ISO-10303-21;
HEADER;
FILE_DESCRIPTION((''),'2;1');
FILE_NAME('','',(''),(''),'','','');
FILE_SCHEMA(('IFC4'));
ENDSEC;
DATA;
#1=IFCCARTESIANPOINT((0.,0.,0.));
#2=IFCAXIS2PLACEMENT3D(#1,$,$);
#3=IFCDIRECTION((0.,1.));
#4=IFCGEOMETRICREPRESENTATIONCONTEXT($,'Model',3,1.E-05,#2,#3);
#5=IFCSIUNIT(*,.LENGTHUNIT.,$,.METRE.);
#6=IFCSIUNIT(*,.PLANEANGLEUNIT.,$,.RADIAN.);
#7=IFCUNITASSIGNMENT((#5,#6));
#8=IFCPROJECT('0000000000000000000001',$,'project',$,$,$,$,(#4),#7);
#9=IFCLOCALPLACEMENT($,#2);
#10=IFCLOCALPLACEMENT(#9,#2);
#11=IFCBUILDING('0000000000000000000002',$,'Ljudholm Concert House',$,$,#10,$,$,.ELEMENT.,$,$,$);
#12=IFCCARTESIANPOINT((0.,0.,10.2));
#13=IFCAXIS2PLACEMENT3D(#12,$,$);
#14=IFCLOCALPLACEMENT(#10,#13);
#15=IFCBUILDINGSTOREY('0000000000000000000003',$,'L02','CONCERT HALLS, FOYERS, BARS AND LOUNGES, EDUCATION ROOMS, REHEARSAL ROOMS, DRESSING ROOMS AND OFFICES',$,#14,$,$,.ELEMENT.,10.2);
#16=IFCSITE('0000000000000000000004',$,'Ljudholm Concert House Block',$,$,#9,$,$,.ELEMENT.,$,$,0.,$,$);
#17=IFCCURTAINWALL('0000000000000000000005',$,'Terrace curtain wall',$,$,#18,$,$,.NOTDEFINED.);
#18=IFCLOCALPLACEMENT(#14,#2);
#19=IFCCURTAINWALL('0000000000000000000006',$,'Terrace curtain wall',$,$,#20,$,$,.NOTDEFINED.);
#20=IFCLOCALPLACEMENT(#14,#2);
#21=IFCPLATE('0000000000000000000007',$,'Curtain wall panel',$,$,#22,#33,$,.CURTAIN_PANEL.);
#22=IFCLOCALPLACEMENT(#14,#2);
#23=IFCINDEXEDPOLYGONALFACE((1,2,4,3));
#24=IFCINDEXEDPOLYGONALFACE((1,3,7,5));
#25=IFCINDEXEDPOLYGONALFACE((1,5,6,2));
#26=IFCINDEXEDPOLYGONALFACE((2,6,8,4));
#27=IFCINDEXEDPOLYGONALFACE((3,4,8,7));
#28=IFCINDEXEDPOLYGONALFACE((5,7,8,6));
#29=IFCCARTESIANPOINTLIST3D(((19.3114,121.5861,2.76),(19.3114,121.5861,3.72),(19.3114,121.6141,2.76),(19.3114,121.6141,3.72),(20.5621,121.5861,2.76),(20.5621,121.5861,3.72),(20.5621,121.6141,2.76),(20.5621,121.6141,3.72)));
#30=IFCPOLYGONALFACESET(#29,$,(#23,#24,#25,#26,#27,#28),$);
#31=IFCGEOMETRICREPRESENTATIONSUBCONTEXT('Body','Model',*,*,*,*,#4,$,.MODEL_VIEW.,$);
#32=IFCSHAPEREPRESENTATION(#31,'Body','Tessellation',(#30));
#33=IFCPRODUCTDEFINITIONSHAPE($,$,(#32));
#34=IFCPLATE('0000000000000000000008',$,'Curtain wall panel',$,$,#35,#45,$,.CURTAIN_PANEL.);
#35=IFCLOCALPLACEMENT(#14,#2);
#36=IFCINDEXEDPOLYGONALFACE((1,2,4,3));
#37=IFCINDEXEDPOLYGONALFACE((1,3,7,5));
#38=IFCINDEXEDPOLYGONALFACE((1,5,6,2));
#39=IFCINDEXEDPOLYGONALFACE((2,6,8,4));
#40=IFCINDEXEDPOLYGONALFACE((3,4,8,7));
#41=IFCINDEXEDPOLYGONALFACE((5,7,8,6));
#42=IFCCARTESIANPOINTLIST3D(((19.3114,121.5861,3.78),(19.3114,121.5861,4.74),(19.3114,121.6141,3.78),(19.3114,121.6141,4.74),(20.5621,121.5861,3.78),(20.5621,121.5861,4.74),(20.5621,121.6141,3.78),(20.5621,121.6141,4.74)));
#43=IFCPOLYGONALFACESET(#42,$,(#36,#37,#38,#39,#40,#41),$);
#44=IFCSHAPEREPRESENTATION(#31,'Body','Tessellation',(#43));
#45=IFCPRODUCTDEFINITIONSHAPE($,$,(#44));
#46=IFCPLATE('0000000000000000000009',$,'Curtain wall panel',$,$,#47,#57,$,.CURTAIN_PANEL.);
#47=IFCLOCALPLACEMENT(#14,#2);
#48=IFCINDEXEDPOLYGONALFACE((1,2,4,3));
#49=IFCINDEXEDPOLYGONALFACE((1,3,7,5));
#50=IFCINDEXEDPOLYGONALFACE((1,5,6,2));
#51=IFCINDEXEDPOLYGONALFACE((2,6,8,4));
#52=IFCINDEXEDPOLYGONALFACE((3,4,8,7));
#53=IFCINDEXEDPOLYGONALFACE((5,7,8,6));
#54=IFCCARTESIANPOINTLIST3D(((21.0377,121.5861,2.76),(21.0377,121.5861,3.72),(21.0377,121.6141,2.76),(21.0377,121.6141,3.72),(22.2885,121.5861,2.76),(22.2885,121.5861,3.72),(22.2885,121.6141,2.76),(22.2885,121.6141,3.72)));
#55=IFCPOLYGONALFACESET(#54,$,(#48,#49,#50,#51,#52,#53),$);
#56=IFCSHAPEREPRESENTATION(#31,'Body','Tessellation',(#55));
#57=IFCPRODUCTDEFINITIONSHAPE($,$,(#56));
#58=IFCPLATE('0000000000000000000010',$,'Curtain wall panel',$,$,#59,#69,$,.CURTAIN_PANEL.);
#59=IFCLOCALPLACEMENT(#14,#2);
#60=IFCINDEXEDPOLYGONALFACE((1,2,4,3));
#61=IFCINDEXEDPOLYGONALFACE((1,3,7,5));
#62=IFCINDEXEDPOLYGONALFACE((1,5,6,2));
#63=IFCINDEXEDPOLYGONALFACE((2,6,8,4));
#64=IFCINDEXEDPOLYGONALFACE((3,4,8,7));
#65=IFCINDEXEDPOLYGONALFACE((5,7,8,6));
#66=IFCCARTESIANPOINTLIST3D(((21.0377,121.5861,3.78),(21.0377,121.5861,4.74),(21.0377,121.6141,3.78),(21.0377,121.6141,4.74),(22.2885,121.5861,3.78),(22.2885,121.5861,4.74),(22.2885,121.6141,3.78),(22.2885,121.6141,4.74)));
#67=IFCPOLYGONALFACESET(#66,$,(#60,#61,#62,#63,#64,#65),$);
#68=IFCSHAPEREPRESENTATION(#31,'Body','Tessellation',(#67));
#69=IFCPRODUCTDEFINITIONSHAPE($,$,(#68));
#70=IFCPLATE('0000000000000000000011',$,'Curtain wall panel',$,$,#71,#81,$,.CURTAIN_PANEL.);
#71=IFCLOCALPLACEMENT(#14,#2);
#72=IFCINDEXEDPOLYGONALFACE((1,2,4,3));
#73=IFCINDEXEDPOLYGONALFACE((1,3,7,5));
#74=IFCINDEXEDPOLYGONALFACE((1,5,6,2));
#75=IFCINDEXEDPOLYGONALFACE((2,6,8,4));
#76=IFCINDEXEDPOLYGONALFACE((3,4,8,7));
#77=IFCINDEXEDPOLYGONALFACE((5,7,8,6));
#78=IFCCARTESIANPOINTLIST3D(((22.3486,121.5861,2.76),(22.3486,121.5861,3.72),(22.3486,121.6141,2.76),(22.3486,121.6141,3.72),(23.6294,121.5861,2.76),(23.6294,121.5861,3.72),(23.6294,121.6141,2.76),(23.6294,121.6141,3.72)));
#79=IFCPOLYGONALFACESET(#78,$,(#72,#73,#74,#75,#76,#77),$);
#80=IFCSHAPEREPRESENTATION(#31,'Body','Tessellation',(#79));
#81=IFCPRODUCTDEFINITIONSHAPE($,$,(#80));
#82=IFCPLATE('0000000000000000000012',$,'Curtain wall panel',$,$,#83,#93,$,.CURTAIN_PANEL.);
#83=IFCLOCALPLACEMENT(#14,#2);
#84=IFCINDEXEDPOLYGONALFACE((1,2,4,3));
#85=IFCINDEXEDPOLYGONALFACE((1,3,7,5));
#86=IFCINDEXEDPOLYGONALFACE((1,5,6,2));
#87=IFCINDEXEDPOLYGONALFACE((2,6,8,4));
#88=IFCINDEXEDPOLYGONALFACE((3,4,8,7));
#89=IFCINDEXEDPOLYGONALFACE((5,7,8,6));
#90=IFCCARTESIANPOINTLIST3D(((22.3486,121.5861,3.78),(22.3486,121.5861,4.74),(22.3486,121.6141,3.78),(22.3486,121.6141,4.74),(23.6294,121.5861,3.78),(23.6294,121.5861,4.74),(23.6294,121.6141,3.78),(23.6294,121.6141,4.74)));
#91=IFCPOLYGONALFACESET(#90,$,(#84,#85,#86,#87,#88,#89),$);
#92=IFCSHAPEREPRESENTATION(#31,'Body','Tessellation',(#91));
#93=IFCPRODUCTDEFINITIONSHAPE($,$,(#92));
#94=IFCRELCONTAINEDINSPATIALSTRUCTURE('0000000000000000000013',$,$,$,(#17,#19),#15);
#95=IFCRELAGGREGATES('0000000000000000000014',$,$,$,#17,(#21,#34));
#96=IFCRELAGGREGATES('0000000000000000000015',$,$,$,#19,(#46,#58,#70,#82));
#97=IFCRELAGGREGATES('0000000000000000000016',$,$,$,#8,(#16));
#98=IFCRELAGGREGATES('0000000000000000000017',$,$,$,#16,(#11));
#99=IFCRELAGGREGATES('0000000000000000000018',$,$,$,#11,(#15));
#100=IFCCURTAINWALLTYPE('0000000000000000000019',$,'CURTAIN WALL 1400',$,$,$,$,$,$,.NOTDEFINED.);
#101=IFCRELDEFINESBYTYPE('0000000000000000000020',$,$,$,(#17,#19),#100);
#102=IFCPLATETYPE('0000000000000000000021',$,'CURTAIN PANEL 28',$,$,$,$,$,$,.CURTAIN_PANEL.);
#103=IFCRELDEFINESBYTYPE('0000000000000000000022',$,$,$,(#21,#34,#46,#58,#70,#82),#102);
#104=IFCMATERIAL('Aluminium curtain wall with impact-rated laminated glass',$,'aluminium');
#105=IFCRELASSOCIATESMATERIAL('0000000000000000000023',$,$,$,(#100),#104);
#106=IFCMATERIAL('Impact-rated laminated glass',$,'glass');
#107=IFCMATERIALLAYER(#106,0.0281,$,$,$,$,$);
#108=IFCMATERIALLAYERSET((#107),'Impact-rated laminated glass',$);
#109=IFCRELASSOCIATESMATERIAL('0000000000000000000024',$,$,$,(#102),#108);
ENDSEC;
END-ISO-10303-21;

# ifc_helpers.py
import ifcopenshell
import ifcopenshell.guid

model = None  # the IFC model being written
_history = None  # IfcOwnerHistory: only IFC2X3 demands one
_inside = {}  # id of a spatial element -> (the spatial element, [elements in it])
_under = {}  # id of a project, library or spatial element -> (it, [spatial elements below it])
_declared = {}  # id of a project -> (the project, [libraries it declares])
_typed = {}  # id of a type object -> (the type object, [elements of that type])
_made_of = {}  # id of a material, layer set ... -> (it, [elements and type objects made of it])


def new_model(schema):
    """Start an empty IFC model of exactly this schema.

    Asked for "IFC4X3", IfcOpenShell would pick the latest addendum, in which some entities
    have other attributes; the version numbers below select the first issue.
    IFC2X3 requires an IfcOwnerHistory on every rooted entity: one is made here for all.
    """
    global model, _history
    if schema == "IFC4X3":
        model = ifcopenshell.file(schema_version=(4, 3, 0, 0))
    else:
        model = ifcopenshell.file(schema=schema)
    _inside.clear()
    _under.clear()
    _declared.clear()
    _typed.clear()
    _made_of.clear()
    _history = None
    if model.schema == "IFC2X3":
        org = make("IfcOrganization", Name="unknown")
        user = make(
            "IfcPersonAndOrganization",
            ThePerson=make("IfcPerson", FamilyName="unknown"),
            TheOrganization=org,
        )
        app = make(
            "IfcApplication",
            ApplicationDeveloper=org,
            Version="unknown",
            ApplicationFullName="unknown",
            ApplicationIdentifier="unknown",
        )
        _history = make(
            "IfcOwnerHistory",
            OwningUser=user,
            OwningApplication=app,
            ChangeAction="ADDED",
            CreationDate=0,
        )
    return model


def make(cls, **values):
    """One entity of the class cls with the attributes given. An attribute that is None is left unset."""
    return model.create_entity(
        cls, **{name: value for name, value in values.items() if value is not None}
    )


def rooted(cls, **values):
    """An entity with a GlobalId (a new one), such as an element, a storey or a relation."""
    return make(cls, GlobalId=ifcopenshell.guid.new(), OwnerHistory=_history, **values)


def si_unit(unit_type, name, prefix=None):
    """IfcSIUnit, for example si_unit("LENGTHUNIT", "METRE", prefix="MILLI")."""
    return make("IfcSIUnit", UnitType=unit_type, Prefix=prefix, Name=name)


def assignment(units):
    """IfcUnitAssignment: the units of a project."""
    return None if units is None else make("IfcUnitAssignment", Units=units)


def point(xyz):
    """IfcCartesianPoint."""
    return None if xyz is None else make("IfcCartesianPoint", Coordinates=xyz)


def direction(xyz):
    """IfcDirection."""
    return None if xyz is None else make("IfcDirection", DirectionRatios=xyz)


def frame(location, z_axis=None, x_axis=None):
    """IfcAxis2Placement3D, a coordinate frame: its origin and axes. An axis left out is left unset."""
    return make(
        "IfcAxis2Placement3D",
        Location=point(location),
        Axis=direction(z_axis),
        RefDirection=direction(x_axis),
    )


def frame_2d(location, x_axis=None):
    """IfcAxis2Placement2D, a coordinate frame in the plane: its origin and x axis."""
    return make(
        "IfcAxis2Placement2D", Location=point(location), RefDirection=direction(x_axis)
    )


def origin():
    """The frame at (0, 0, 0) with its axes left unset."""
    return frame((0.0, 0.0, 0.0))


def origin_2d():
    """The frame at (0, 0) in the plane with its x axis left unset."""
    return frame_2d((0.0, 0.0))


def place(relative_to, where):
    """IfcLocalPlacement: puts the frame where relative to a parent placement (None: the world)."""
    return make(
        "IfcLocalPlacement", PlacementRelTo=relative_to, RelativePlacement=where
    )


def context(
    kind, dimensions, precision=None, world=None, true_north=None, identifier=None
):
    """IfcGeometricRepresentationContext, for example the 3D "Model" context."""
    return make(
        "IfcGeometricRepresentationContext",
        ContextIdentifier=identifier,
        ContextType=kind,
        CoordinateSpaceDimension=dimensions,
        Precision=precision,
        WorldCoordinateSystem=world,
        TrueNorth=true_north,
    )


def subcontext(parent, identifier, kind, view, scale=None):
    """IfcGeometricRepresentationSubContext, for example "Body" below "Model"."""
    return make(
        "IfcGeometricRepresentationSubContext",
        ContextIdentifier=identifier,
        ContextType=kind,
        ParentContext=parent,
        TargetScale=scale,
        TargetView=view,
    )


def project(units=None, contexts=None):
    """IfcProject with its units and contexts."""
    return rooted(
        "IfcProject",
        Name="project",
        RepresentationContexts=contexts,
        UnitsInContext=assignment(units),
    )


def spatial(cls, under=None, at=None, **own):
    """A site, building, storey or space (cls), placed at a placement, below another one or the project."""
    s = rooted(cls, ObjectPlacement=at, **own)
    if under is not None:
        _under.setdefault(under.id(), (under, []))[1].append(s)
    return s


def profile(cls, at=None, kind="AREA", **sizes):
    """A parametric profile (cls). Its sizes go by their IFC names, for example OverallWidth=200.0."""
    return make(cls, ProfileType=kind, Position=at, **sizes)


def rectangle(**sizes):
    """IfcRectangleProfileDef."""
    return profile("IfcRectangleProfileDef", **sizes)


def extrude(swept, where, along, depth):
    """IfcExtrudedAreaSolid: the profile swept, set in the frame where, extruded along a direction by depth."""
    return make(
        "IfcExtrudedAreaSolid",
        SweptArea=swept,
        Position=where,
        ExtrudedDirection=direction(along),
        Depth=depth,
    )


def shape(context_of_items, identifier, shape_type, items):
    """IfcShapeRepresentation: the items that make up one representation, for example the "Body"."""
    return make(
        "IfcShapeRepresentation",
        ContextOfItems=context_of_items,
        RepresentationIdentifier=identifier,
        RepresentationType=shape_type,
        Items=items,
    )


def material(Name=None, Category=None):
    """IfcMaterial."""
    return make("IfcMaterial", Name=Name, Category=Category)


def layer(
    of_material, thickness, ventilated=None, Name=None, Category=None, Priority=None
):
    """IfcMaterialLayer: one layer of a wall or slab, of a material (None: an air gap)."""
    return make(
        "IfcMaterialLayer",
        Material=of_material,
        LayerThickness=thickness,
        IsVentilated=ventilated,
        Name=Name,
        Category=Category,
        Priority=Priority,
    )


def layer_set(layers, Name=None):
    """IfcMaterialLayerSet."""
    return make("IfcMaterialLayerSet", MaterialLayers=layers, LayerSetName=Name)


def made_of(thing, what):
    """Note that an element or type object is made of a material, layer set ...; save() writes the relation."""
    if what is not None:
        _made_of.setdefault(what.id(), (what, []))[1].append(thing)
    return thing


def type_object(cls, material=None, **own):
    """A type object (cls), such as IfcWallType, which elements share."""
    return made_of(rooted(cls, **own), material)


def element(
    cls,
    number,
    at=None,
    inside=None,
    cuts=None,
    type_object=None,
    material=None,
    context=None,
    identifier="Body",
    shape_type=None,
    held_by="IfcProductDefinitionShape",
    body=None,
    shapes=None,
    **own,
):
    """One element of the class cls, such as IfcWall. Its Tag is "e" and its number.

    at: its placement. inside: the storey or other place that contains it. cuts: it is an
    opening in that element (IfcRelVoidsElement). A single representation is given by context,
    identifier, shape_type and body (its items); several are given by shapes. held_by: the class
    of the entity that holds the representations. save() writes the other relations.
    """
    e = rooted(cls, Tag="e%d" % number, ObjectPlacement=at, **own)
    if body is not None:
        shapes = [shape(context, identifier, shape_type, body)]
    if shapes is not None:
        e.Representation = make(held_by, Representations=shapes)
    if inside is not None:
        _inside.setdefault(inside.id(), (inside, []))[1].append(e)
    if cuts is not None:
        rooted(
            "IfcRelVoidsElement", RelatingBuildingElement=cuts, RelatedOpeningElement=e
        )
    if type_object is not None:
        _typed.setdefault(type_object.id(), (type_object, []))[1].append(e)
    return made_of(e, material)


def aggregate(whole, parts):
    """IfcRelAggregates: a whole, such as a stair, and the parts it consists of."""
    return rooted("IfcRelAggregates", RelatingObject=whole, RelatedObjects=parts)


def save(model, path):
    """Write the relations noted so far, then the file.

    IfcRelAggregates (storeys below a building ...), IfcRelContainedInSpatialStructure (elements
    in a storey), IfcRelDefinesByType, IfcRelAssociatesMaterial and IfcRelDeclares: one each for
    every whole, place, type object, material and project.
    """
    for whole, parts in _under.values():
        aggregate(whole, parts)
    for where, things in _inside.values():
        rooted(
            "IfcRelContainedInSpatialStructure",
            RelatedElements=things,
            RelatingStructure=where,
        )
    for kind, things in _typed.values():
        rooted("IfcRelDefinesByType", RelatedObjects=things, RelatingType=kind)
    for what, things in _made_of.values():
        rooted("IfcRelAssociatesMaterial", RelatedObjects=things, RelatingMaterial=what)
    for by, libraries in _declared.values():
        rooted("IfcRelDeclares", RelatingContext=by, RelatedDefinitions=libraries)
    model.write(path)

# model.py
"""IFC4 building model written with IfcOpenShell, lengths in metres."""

from ifc_helpers import new_model, si_unit, direction, frame, origin, origin_2d, place, context, subcontext, project, spatial, rectangle, extrude, material, layer, layer_set, type_object, element, aggregate, save


model = new_model("IFC4")

# Units and contexts
model_context = context("Model", 3, precision=1e-05, world=origin(), true_north=direction((0.0, 1.0)))
body_context = subcontext(model_context, "Body", "Model", "MODEL_VIEW")
ifc_project = project(units=[si_unit("LENGTHUNIT", "METRE"), si_unit("PLANEANGLEUNIT", "RADIAN")], contexts=[model_context])

# Site, building, storey
site_placement = place(None, origin())
site = spatial("IfcSite", under=ifc_project, at=site_placement, Name="Ljudholm Concert House Block", CompositionType="ELEMENT", RefElevation=0.0)
building_placement = place(site_placement, origin())
building = spatial("IfcBuilding", under=site, at=building_placement, Name="Ljudholm Concert House", CompositionType="ELEMENT")
storey_placement = place(building_placement, frame((0.0, 0.0, 10.2)))
storey = spatial("IfcBuildingStorey", under=building, at=storey_placement, Name="L02", Description="CONCERT HALLS, FOYERS, BARS AND LOUNGES, EDUCATION ROOMS, REHEARSAL ROOMS, DRESSING ROOMS AND OFFICES", CompositionType="ELEMENT", Elevation=10.2)

# Curtain wall
ifc_material_1 = material(Name="Aluminium curtain wall with impact-rated laminated glass", Category="aluminium")
curtain_wall_type = type_object("IfcCurtainWallType", Name="CURTAIN WALL 1400", PredefinedType="NOTDEFINED", material=ifc_material_1)
curtain_wall_1_placement = place(storey_placement, origin())
curtain_wall_1 = element("IfcCurtainWall", 1, at=curtain_wall_1_placement, inside=storey, type_object=curtain_wall_type, Name="Terrace curtain wall", PredefinedType="NOTDEFINED")

# Curtain wall
curtain_wall_2_placement = place(storey_placement, origin())
curtain_wall_2 = element("IfcCurtainWall", 2, at=curtain_wall_2_placement, inside=storey, type_object=curtain_wall_type, Name="Terrace curtain wall", PredefinedType="NOTDEFINED")

# Plates
ifc_material_2 = material(Name="Impact-rated laminated glass", Category="glass")
ifc_layer_1 = layer(ifc_material_2, 0.0281)
ifc_layer_set_1 = layer_set([ifc_layer_1], Name="Impact-rated laminated glass")
plate_type = type_object("IfcPlateType", Name="CURTAIN PANEL 28", PredefinedType="CURTAIN_PANEL", material=ifc_layer_set_1)
plate_1_placement = place(storey_placement, frame((19.9368, 121.6001, 2.76), z_axis=(0.0, 0.0, 1.0), x_axis=(1.0, 0.0, 0.0)))
plate_1 = element("IfcPlate", 3, at=plate_1_placement, type_object=plate_type, Name="Curtain wall panel", PredefinedType="CURTAIN_PANEL", context=body_context, shape_type="SweptSolid", body=[
    extrude(rectangle(XDim=1.2507, YDim=0.0281, at=origin_2d()), origin(), (0.0, 0.0, 1.0), 0.96),
])
plate_2_placement = place(storey_placement, frame((19.9368, 121.6001, 3.78), z_axis=(0.0, 0.0, 1.0), x_axis=(1.0, 0.0, 0.0)))
plate_2 = element("IfcPlate", 4, at=plate_2_placement, type_object=plate_type, Name="Curtain wall panel", PredefinedType="CURTAIN_PANEL", context=body_context, shape_type="SweptSolid", body=[
    extrude(rectangle(XDim=1.2507, YDim=0.0281, at=origin_2d()), origin(), (0.0, 0.0, 1.0), 0.96),
])
aggregate(curtain_wall_1, [plate_1, plate_2])
plate_3_placement = place(storey_placement, frame((21.6631, 121.6001, 2.76), z_axis=(0.0, 0.0, 1.0), x_axis=(1.0, 0.0, 0.0)))
plate_3 = element("IfcPlate", 5, at=plate_3_placement, type_object=plate_type, Name="Curtain wall panel", PredefinedType="CURTAIN_PANEL", context=body_context, shape_type="SweptSolid", body=[
    extrude(rectangle(XDim=1.2507, YDim=0.0281, at=origin_2d()), origin(), (0.0, 0.0, 1.0), 0.96),
])
plate_4_placement = place(storey_placement, frame((21.6631, 121.6001, 3.78), z_axis=(0.0, 0.0, 1.0), x_axis=(1.0, 0.0, 0.0)))
plate_4 = element("IfcPlate", 6, at=plate_4_placement, type_object=plate_type, Name="Curtain wall panel", PredefinedType="CURTAIN_PANEL", context=body_context, shape_type="SweptSolid", body=[
    extrude(rectangle(XDim=1.2507, YDim=0.0281, at=origin_2d()), origin(), (0.0, 0.0, 1.0), 0.96),
])
plate_5_placement = place(storey_placement, frame((22.989, 121.6001, 2.76), z_axis=(0.0, 0.0, 1.0), x_axis=(1.0, 0.0, 0.0)))
plate_5 = element("IfcPlate", 7, at=plate_5_placement, type_object=plate_type, Name="Curtain wall panel", PredefinedType="CURTAIN_PANEL", context=body_context, shape_type="SweptSolid", body=[
    extrude(rectangle(XDim=1.2808, YDim=0.0281, at=origin_2d()), origin(), (0.0, 0.0, 1.0), 0.96),
])
plate_6_placement = place(storey_placement, frame((22.989, 121.6001, 3.78), z_axis=(0.0, 0.0, 1.0), x_axis=(1.0, 0.0, 0.0)))
plate_6 = element("IfcPlate", 8, at=plate_6_placement, type_object=plate_type, Name="Curtain wall panel", PredefinedType="CURTAIN_PANEL", context=body_context, shape_type="SweptSolid", body=[
    extrude(rectangle(XDim=1.2808, YDim=0.0281, at=origin_2d()), origin(), (0.0, 0.0, 1.0), 0.96),
])
aggregate(curtain_wall_2, [plate_3, plate_4, plate_5, plate_6])

save(model, "model.ifc")
